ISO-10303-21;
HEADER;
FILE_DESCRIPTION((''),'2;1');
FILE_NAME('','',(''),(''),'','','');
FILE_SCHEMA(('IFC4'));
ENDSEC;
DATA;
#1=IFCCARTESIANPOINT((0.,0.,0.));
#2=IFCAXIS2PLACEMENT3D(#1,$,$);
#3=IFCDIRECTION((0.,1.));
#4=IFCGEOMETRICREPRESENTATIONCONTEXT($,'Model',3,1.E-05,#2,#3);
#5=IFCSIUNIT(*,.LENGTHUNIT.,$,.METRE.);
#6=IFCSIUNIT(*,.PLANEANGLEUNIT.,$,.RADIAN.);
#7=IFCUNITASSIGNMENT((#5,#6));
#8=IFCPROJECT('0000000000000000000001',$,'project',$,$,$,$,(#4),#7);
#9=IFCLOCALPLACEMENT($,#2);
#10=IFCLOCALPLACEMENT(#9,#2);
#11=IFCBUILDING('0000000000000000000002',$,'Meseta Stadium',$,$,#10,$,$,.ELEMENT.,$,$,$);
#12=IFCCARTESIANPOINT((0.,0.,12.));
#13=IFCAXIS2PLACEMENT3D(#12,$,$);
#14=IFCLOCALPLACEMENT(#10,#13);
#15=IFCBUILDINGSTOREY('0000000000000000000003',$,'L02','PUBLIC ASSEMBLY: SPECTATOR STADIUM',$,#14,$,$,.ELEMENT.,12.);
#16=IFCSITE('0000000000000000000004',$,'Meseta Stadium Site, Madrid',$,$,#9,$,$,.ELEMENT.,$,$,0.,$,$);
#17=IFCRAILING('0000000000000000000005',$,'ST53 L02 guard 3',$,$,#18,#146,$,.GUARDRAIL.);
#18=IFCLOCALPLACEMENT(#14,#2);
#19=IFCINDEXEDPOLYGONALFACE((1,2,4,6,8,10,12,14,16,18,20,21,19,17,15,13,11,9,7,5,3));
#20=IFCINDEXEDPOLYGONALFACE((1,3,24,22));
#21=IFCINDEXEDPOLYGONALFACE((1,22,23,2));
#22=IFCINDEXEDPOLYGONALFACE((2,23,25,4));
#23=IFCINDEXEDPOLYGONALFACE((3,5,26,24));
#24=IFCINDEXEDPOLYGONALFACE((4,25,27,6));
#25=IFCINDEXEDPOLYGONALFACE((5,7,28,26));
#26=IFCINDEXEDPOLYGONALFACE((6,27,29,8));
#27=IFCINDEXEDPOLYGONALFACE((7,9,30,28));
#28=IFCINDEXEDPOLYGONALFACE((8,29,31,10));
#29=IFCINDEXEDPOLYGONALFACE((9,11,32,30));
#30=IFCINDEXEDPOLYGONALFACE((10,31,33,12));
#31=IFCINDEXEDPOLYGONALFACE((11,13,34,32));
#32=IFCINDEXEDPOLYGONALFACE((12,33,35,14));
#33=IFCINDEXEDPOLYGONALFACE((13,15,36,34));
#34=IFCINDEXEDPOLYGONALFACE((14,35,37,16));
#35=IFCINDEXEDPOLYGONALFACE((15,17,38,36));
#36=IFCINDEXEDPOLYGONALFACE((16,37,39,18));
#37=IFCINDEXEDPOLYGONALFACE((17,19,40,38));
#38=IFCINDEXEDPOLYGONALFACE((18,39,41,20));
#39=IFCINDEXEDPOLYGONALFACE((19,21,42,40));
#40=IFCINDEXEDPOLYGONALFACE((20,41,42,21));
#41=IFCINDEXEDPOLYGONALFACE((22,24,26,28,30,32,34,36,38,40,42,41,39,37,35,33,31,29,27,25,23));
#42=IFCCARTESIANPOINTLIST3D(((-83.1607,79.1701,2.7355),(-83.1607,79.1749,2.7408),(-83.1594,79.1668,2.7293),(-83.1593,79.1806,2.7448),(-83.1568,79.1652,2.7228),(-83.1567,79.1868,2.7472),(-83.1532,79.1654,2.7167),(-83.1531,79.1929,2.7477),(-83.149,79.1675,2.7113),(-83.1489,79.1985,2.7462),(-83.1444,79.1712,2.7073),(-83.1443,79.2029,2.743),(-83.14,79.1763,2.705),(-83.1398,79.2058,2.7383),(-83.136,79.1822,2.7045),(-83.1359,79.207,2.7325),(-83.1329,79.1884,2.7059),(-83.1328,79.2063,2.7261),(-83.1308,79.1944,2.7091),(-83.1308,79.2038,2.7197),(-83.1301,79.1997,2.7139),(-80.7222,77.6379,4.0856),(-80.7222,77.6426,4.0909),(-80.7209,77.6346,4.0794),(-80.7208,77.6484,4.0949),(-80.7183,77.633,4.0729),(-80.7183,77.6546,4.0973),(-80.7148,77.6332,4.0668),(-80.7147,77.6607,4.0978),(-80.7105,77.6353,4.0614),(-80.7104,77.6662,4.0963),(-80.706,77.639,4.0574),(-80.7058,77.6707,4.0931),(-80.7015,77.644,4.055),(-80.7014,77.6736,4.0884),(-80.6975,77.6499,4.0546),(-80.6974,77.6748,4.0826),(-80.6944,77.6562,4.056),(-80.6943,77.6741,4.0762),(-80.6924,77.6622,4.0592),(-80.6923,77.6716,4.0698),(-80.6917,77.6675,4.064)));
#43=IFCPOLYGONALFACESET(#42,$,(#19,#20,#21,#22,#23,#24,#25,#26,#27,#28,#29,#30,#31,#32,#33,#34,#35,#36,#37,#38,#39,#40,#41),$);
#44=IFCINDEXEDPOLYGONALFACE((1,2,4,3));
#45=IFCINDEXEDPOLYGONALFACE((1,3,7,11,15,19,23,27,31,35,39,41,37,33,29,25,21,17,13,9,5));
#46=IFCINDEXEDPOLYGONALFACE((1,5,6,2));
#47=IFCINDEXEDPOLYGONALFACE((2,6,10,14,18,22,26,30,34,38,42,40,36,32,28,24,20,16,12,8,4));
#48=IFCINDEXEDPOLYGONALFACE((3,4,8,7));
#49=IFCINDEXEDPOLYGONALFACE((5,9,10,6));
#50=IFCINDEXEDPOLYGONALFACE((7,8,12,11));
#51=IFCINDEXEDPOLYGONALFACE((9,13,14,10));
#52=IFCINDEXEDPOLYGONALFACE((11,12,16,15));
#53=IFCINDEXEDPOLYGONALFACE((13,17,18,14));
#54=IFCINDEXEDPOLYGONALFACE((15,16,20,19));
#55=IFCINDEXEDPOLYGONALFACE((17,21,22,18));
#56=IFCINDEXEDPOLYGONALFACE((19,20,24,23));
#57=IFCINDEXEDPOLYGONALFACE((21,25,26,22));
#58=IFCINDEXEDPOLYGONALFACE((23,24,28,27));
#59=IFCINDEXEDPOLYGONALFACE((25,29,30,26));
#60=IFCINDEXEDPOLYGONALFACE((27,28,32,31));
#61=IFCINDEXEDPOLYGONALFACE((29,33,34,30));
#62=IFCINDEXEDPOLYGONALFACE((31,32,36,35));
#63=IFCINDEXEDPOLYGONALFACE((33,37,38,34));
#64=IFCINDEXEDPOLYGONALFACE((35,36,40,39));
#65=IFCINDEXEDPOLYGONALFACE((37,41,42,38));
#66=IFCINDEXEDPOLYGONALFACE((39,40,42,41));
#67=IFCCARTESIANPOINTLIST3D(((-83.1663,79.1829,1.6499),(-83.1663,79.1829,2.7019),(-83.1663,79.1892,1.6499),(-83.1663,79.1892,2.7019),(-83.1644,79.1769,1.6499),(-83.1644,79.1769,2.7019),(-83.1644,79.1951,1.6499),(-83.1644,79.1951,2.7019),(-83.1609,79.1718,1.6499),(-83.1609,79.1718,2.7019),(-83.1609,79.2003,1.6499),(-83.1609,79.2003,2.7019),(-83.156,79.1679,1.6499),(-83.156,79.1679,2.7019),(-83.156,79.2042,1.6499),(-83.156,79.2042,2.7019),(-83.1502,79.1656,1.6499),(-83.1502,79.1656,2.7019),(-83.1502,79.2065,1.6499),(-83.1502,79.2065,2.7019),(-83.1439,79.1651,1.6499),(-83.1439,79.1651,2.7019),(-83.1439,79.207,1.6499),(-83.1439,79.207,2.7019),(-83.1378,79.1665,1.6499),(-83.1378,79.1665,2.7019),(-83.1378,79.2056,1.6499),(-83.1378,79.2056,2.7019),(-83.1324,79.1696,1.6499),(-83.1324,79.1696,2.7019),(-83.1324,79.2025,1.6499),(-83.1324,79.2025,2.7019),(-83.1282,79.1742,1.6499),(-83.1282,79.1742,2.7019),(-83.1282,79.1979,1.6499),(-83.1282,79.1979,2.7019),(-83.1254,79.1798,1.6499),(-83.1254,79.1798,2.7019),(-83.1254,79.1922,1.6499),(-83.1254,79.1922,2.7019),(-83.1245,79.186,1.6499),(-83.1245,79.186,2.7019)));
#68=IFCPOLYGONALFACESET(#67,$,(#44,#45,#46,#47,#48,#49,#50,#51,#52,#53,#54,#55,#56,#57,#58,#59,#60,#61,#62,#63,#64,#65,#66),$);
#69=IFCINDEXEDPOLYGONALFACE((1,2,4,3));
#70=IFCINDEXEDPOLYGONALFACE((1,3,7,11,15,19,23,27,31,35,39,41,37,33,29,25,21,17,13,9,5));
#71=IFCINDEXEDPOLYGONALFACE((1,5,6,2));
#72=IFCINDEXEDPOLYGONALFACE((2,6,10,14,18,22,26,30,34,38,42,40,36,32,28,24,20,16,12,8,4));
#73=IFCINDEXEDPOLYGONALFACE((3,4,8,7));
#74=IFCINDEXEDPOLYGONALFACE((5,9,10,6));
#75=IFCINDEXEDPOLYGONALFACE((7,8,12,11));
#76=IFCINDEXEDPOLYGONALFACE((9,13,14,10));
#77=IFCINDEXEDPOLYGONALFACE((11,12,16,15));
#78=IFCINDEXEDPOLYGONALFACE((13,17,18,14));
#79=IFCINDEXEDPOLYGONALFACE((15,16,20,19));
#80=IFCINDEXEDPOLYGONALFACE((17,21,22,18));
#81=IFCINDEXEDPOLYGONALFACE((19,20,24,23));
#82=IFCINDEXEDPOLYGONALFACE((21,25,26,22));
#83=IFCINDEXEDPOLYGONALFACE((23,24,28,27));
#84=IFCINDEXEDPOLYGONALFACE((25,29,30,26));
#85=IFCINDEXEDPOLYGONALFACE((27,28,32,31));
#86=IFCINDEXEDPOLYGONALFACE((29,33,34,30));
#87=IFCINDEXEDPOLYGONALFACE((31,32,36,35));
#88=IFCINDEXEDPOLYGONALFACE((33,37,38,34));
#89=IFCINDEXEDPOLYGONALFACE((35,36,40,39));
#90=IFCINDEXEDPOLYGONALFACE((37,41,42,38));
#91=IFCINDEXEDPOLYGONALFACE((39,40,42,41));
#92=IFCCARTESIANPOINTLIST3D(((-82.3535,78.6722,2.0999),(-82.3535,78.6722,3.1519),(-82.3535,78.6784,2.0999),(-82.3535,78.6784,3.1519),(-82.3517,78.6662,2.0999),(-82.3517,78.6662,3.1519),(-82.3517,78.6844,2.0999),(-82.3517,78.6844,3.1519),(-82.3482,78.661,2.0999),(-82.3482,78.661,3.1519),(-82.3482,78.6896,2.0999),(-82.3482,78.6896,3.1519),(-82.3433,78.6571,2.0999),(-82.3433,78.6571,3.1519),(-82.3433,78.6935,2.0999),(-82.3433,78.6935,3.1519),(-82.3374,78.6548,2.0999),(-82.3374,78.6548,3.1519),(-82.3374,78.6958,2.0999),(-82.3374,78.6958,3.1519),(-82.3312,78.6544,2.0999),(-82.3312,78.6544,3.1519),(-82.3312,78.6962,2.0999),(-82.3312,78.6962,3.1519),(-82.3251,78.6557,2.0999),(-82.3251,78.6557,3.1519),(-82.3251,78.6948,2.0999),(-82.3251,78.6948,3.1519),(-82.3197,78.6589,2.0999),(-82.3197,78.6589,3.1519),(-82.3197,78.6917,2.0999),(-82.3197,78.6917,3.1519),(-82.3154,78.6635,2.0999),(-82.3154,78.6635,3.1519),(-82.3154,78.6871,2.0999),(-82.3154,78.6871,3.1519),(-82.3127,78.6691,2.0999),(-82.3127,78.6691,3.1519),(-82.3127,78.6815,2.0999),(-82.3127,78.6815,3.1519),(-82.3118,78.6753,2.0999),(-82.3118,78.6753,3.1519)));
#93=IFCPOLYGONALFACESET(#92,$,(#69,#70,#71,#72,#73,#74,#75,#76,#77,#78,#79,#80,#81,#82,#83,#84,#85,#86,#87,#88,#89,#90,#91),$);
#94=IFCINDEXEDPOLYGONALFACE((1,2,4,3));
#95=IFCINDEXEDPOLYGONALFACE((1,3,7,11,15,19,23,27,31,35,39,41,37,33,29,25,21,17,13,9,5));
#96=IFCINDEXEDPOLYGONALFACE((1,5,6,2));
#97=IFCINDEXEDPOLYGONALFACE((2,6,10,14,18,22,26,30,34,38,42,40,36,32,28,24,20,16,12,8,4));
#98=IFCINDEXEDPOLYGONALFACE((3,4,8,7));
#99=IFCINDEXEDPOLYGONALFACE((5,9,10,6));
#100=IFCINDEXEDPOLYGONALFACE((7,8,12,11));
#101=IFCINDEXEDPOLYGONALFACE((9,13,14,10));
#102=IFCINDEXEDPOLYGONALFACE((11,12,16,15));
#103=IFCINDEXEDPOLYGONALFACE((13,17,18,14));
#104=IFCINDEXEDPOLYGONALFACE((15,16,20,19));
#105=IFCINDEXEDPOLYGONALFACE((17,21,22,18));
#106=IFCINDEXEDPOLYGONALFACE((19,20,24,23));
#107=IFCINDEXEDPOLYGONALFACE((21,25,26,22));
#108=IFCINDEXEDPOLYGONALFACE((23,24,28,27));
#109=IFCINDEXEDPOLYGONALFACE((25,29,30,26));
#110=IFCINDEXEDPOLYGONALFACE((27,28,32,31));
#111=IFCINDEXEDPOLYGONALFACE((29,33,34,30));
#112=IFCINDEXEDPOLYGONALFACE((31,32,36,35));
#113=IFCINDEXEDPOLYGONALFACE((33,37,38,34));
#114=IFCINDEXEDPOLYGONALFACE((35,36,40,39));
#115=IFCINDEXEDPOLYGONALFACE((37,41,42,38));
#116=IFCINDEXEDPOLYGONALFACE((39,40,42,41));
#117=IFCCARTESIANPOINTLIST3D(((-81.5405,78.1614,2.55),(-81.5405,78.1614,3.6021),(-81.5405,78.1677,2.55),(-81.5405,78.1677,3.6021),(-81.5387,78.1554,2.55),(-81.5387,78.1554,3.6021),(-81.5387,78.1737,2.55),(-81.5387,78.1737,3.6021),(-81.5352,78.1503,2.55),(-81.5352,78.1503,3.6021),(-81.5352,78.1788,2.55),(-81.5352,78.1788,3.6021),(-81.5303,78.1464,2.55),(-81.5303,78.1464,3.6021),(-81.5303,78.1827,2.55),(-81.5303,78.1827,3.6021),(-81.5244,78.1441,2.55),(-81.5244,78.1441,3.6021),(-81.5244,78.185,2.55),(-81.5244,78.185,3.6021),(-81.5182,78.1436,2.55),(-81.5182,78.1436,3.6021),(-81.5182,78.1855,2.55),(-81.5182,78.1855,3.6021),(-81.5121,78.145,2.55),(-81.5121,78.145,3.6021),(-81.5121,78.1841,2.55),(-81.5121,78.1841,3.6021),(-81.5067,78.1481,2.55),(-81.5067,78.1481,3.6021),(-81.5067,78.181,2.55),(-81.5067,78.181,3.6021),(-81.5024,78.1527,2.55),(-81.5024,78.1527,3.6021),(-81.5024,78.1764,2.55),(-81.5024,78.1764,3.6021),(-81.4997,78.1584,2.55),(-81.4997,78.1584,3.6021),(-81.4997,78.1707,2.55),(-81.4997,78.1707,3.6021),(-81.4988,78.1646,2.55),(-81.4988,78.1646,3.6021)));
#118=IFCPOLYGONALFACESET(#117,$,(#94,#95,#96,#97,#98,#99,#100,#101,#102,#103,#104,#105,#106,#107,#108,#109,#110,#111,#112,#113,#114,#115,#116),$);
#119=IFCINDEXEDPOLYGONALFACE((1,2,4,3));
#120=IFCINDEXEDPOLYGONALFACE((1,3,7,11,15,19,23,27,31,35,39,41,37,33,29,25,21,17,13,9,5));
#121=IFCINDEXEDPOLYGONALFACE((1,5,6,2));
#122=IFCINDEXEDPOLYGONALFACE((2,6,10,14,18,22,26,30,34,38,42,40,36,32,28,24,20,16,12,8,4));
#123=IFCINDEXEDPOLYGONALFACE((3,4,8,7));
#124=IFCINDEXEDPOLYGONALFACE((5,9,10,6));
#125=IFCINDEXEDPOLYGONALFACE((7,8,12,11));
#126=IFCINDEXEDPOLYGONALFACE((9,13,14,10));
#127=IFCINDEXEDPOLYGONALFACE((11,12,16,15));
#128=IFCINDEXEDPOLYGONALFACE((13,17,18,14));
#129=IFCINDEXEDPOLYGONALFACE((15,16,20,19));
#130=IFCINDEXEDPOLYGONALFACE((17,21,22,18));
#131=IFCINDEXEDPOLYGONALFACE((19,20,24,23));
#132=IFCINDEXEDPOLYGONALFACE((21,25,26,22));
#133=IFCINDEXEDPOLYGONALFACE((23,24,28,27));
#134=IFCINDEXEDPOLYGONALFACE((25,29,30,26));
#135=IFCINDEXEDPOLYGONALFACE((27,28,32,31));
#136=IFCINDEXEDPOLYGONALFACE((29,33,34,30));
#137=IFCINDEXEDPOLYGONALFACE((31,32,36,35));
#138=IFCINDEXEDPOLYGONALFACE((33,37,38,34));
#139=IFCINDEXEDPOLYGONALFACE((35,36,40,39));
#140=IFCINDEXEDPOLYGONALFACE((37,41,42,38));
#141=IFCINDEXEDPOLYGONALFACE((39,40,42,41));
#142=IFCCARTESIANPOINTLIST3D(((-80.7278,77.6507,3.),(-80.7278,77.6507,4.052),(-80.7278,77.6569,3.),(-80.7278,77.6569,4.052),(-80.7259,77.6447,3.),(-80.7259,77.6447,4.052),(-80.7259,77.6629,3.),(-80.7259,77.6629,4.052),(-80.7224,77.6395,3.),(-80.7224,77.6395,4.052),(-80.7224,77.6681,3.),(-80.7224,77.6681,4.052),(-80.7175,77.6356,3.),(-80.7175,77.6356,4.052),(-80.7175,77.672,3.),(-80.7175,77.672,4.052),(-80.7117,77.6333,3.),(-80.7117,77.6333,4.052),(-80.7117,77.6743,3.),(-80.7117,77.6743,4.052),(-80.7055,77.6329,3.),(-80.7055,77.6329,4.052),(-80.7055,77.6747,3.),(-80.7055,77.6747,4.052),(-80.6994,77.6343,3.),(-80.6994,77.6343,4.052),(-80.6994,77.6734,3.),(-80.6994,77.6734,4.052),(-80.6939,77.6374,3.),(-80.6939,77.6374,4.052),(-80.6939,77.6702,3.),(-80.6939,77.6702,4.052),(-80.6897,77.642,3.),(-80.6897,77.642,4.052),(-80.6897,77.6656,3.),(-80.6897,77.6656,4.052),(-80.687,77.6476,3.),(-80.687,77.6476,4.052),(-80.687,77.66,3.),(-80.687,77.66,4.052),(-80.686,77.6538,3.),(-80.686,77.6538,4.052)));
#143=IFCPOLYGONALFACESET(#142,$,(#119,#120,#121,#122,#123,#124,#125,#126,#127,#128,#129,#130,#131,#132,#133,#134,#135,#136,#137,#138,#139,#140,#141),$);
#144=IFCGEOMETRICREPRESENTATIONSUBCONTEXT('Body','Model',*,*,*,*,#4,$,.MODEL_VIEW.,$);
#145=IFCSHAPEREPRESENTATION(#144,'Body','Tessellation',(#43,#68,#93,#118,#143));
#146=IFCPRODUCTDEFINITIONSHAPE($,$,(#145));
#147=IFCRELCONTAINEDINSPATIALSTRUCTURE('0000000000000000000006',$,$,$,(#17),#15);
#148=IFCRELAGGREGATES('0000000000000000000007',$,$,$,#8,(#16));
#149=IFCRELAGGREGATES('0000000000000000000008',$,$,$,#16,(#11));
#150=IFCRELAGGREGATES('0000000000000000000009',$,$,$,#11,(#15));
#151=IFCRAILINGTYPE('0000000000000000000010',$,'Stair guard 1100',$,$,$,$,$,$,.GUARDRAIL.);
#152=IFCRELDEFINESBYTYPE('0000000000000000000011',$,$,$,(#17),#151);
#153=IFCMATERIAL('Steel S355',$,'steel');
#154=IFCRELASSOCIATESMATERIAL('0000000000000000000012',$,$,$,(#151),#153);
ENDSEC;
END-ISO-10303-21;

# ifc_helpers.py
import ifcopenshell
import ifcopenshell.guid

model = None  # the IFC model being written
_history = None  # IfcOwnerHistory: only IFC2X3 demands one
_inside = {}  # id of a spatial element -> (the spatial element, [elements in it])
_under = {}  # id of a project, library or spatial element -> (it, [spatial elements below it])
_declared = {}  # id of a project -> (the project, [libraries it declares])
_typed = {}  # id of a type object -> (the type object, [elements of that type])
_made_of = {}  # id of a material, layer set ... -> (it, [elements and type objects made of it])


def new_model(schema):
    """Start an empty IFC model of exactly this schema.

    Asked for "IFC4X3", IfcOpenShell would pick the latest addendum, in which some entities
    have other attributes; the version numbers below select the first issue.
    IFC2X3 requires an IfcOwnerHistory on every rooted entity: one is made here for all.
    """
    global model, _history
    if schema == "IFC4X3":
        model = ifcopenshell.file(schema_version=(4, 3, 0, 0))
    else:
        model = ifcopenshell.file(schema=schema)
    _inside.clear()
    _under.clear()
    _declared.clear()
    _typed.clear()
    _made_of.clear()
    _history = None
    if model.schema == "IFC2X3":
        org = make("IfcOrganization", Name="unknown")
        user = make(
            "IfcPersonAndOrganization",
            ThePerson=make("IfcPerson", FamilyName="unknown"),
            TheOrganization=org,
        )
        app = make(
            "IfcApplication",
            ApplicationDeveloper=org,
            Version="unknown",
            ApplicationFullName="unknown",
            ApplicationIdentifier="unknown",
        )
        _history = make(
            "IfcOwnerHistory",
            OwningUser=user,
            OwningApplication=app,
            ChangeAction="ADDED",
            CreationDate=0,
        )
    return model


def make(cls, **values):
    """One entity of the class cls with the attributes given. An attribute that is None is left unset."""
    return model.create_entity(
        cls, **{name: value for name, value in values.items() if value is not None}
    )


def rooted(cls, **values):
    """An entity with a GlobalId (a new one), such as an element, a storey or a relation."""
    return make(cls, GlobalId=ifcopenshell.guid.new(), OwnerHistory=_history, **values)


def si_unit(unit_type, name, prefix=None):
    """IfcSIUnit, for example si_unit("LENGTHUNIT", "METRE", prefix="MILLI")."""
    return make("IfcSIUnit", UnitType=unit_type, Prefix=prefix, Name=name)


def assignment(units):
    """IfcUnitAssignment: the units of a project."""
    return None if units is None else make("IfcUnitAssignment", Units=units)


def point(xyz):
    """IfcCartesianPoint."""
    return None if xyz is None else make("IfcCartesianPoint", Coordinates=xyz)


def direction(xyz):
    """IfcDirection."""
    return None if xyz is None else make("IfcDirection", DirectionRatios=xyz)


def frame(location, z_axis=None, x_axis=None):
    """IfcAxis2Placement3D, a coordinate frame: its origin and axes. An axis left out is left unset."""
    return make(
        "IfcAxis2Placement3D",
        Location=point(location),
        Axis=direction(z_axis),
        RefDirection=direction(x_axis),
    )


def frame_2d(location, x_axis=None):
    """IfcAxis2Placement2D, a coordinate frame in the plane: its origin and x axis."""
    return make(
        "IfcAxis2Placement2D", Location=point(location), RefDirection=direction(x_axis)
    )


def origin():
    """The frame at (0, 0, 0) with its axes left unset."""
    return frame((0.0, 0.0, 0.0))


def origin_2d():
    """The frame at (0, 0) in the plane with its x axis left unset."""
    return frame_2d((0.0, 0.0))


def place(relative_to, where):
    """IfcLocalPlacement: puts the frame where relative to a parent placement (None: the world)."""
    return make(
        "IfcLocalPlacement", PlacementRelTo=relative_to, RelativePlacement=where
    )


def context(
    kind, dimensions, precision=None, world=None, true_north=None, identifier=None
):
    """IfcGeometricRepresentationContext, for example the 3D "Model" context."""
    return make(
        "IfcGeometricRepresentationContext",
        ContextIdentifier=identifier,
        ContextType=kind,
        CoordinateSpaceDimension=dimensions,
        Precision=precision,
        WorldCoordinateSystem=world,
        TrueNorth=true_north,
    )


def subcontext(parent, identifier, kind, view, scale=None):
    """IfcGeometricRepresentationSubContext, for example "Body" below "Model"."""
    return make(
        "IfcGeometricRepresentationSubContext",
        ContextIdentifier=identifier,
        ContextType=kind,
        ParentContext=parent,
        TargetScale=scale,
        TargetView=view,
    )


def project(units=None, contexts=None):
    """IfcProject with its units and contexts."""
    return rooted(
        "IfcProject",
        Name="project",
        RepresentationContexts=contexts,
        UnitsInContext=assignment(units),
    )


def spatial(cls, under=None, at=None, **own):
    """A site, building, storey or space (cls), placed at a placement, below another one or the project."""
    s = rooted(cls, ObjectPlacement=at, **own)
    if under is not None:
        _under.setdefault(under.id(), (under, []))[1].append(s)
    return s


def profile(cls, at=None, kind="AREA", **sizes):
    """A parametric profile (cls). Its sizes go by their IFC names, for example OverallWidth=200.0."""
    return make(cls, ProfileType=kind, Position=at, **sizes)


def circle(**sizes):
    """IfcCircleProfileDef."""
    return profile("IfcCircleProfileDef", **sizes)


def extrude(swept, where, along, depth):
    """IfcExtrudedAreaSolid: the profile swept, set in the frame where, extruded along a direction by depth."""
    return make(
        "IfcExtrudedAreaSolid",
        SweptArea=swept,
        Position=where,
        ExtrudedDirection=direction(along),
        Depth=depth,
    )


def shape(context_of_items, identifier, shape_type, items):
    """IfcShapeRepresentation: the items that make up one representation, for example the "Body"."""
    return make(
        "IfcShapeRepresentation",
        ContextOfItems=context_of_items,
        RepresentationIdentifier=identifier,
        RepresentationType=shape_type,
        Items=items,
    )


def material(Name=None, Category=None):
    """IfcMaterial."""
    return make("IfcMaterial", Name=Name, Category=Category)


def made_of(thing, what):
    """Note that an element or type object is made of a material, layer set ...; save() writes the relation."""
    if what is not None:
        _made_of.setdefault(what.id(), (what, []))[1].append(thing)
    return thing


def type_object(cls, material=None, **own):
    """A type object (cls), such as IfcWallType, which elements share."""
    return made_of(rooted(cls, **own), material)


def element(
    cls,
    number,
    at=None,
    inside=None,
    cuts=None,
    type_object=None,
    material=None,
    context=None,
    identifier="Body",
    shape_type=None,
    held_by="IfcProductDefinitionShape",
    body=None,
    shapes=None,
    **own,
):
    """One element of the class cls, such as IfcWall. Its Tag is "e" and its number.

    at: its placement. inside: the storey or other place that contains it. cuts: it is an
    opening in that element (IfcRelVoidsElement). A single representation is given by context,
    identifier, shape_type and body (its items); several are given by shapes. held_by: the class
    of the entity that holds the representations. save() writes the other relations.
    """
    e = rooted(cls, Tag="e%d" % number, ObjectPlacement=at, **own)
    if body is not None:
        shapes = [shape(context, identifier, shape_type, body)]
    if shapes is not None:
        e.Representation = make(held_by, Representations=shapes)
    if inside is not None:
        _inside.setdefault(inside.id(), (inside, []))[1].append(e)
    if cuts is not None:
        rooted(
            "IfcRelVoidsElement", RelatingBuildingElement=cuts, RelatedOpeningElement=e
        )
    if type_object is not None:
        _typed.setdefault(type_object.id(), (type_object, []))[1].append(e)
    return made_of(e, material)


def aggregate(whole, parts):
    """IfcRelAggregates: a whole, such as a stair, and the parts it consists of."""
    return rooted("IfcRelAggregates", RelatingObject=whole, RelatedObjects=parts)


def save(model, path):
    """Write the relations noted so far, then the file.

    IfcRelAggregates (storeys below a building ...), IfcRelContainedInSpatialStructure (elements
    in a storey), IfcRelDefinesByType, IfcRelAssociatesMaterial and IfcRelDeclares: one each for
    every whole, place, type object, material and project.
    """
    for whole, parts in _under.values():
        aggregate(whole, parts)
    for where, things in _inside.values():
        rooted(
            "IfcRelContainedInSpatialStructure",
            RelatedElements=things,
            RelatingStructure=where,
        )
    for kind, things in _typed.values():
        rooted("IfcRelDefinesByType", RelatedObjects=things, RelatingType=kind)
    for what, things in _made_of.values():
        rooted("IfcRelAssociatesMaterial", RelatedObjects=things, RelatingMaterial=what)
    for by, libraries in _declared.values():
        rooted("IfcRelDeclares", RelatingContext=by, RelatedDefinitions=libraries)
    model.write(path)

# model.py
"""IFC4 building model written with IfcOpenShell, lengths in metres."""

from ifc_helpers import new_model, si_unit, direction, frame, origin, origin_2d, place, context, subcontext, project, spatial, circle, extrude, material, type_object, element, save


model = new_model("IFC4")

# Units and contexts
model_context = context("Model", 3, precision=1e-05, world=origin(), true_north=direction((0.0, 1.0)))
body_context = subcontext(model_context, "Body", "Model", "MODEL_VIEW")
ifc_project = project(units=[si_unit("LENGTHUNIT", "METRE"), si_unit("PLANEANGLEUNIT", "RADIAN")], contexts=[model_context])

# Site, building, storey
site_placement = place(None, origin())
site = spatial("IfcSite", under=ifc_project, at=site_placement, Name="Meseta Stadium Site, Madrid", CompositionType="ELEMENT", RefElevation=0.0)
building_placement = place(site_placement, origin())
building = spatial("IfcBuilding", under=site, at=building_placement, Name="Meseta Stadium", CompositionType="ELEMENT")
storey_placement = place(building_placement, frame((0.0, 0.0, 12.0)))
storey = spatial("IfcBuildingStorey", under=building, at=storey_placement, Name="L02", Description="PUBLIC ASSEMBLY: SPECTATOR STADIUM", CompositionType="ELEMENT", Elevation=12.0)

# Railing
ifc_material_1 = material(Name="Steel S355", Category="steel")
railing_type_1 = type_object("IfcRailingType", Name="Stair guard 1100", PredefinedType="GUARDRAIL", material=ifc_material_1)
railing_1_placement = place(storey_placement, frame((-83.1455, 79.186, 1.6499)))
element("IfcRailing", 1, at=railing_1_placement, inside=storey, type_object=railing_type_1, Name="ST53 L02 guard 3", PredefinedType="GUARDRAIL", context=body_context, shape_type="SweptSolid", body=[
    extrude(circle(Radius=0.0239, at=origin_2d()), frame((0.0, 0.0, 1.0762), z_axis=(0.766655, -0.481731, 0.42447), x_axis=(0.53204, 0.846719, 0.0)), (0.0, 0.0, 1.0), 3.1807),
    extrude(circle(Radius=0.021, at=origin_2d()), origin(), (0.0, 0.0, 1.0), 1.052),
    extrude(circle(Radius=0.021, at=origin_2d()), frame((0.8127, -0.5107, 0.45)), (0.0, 0.0, 1.0), 1.052),
    extrude(circle(Radius=0.021, at=origin_2d()), frame((1.6257, -1.0215, 0.9001)), (0.0, 0.0, 1.0), 1.052),
    extrude(circle(Radius=0.021, at=origin_2d()), frame((2.4385, -1.5322, 1.3501)), (0.0, 0.0, 1.0), 1.052),
])

save(model, "model.ifc")
